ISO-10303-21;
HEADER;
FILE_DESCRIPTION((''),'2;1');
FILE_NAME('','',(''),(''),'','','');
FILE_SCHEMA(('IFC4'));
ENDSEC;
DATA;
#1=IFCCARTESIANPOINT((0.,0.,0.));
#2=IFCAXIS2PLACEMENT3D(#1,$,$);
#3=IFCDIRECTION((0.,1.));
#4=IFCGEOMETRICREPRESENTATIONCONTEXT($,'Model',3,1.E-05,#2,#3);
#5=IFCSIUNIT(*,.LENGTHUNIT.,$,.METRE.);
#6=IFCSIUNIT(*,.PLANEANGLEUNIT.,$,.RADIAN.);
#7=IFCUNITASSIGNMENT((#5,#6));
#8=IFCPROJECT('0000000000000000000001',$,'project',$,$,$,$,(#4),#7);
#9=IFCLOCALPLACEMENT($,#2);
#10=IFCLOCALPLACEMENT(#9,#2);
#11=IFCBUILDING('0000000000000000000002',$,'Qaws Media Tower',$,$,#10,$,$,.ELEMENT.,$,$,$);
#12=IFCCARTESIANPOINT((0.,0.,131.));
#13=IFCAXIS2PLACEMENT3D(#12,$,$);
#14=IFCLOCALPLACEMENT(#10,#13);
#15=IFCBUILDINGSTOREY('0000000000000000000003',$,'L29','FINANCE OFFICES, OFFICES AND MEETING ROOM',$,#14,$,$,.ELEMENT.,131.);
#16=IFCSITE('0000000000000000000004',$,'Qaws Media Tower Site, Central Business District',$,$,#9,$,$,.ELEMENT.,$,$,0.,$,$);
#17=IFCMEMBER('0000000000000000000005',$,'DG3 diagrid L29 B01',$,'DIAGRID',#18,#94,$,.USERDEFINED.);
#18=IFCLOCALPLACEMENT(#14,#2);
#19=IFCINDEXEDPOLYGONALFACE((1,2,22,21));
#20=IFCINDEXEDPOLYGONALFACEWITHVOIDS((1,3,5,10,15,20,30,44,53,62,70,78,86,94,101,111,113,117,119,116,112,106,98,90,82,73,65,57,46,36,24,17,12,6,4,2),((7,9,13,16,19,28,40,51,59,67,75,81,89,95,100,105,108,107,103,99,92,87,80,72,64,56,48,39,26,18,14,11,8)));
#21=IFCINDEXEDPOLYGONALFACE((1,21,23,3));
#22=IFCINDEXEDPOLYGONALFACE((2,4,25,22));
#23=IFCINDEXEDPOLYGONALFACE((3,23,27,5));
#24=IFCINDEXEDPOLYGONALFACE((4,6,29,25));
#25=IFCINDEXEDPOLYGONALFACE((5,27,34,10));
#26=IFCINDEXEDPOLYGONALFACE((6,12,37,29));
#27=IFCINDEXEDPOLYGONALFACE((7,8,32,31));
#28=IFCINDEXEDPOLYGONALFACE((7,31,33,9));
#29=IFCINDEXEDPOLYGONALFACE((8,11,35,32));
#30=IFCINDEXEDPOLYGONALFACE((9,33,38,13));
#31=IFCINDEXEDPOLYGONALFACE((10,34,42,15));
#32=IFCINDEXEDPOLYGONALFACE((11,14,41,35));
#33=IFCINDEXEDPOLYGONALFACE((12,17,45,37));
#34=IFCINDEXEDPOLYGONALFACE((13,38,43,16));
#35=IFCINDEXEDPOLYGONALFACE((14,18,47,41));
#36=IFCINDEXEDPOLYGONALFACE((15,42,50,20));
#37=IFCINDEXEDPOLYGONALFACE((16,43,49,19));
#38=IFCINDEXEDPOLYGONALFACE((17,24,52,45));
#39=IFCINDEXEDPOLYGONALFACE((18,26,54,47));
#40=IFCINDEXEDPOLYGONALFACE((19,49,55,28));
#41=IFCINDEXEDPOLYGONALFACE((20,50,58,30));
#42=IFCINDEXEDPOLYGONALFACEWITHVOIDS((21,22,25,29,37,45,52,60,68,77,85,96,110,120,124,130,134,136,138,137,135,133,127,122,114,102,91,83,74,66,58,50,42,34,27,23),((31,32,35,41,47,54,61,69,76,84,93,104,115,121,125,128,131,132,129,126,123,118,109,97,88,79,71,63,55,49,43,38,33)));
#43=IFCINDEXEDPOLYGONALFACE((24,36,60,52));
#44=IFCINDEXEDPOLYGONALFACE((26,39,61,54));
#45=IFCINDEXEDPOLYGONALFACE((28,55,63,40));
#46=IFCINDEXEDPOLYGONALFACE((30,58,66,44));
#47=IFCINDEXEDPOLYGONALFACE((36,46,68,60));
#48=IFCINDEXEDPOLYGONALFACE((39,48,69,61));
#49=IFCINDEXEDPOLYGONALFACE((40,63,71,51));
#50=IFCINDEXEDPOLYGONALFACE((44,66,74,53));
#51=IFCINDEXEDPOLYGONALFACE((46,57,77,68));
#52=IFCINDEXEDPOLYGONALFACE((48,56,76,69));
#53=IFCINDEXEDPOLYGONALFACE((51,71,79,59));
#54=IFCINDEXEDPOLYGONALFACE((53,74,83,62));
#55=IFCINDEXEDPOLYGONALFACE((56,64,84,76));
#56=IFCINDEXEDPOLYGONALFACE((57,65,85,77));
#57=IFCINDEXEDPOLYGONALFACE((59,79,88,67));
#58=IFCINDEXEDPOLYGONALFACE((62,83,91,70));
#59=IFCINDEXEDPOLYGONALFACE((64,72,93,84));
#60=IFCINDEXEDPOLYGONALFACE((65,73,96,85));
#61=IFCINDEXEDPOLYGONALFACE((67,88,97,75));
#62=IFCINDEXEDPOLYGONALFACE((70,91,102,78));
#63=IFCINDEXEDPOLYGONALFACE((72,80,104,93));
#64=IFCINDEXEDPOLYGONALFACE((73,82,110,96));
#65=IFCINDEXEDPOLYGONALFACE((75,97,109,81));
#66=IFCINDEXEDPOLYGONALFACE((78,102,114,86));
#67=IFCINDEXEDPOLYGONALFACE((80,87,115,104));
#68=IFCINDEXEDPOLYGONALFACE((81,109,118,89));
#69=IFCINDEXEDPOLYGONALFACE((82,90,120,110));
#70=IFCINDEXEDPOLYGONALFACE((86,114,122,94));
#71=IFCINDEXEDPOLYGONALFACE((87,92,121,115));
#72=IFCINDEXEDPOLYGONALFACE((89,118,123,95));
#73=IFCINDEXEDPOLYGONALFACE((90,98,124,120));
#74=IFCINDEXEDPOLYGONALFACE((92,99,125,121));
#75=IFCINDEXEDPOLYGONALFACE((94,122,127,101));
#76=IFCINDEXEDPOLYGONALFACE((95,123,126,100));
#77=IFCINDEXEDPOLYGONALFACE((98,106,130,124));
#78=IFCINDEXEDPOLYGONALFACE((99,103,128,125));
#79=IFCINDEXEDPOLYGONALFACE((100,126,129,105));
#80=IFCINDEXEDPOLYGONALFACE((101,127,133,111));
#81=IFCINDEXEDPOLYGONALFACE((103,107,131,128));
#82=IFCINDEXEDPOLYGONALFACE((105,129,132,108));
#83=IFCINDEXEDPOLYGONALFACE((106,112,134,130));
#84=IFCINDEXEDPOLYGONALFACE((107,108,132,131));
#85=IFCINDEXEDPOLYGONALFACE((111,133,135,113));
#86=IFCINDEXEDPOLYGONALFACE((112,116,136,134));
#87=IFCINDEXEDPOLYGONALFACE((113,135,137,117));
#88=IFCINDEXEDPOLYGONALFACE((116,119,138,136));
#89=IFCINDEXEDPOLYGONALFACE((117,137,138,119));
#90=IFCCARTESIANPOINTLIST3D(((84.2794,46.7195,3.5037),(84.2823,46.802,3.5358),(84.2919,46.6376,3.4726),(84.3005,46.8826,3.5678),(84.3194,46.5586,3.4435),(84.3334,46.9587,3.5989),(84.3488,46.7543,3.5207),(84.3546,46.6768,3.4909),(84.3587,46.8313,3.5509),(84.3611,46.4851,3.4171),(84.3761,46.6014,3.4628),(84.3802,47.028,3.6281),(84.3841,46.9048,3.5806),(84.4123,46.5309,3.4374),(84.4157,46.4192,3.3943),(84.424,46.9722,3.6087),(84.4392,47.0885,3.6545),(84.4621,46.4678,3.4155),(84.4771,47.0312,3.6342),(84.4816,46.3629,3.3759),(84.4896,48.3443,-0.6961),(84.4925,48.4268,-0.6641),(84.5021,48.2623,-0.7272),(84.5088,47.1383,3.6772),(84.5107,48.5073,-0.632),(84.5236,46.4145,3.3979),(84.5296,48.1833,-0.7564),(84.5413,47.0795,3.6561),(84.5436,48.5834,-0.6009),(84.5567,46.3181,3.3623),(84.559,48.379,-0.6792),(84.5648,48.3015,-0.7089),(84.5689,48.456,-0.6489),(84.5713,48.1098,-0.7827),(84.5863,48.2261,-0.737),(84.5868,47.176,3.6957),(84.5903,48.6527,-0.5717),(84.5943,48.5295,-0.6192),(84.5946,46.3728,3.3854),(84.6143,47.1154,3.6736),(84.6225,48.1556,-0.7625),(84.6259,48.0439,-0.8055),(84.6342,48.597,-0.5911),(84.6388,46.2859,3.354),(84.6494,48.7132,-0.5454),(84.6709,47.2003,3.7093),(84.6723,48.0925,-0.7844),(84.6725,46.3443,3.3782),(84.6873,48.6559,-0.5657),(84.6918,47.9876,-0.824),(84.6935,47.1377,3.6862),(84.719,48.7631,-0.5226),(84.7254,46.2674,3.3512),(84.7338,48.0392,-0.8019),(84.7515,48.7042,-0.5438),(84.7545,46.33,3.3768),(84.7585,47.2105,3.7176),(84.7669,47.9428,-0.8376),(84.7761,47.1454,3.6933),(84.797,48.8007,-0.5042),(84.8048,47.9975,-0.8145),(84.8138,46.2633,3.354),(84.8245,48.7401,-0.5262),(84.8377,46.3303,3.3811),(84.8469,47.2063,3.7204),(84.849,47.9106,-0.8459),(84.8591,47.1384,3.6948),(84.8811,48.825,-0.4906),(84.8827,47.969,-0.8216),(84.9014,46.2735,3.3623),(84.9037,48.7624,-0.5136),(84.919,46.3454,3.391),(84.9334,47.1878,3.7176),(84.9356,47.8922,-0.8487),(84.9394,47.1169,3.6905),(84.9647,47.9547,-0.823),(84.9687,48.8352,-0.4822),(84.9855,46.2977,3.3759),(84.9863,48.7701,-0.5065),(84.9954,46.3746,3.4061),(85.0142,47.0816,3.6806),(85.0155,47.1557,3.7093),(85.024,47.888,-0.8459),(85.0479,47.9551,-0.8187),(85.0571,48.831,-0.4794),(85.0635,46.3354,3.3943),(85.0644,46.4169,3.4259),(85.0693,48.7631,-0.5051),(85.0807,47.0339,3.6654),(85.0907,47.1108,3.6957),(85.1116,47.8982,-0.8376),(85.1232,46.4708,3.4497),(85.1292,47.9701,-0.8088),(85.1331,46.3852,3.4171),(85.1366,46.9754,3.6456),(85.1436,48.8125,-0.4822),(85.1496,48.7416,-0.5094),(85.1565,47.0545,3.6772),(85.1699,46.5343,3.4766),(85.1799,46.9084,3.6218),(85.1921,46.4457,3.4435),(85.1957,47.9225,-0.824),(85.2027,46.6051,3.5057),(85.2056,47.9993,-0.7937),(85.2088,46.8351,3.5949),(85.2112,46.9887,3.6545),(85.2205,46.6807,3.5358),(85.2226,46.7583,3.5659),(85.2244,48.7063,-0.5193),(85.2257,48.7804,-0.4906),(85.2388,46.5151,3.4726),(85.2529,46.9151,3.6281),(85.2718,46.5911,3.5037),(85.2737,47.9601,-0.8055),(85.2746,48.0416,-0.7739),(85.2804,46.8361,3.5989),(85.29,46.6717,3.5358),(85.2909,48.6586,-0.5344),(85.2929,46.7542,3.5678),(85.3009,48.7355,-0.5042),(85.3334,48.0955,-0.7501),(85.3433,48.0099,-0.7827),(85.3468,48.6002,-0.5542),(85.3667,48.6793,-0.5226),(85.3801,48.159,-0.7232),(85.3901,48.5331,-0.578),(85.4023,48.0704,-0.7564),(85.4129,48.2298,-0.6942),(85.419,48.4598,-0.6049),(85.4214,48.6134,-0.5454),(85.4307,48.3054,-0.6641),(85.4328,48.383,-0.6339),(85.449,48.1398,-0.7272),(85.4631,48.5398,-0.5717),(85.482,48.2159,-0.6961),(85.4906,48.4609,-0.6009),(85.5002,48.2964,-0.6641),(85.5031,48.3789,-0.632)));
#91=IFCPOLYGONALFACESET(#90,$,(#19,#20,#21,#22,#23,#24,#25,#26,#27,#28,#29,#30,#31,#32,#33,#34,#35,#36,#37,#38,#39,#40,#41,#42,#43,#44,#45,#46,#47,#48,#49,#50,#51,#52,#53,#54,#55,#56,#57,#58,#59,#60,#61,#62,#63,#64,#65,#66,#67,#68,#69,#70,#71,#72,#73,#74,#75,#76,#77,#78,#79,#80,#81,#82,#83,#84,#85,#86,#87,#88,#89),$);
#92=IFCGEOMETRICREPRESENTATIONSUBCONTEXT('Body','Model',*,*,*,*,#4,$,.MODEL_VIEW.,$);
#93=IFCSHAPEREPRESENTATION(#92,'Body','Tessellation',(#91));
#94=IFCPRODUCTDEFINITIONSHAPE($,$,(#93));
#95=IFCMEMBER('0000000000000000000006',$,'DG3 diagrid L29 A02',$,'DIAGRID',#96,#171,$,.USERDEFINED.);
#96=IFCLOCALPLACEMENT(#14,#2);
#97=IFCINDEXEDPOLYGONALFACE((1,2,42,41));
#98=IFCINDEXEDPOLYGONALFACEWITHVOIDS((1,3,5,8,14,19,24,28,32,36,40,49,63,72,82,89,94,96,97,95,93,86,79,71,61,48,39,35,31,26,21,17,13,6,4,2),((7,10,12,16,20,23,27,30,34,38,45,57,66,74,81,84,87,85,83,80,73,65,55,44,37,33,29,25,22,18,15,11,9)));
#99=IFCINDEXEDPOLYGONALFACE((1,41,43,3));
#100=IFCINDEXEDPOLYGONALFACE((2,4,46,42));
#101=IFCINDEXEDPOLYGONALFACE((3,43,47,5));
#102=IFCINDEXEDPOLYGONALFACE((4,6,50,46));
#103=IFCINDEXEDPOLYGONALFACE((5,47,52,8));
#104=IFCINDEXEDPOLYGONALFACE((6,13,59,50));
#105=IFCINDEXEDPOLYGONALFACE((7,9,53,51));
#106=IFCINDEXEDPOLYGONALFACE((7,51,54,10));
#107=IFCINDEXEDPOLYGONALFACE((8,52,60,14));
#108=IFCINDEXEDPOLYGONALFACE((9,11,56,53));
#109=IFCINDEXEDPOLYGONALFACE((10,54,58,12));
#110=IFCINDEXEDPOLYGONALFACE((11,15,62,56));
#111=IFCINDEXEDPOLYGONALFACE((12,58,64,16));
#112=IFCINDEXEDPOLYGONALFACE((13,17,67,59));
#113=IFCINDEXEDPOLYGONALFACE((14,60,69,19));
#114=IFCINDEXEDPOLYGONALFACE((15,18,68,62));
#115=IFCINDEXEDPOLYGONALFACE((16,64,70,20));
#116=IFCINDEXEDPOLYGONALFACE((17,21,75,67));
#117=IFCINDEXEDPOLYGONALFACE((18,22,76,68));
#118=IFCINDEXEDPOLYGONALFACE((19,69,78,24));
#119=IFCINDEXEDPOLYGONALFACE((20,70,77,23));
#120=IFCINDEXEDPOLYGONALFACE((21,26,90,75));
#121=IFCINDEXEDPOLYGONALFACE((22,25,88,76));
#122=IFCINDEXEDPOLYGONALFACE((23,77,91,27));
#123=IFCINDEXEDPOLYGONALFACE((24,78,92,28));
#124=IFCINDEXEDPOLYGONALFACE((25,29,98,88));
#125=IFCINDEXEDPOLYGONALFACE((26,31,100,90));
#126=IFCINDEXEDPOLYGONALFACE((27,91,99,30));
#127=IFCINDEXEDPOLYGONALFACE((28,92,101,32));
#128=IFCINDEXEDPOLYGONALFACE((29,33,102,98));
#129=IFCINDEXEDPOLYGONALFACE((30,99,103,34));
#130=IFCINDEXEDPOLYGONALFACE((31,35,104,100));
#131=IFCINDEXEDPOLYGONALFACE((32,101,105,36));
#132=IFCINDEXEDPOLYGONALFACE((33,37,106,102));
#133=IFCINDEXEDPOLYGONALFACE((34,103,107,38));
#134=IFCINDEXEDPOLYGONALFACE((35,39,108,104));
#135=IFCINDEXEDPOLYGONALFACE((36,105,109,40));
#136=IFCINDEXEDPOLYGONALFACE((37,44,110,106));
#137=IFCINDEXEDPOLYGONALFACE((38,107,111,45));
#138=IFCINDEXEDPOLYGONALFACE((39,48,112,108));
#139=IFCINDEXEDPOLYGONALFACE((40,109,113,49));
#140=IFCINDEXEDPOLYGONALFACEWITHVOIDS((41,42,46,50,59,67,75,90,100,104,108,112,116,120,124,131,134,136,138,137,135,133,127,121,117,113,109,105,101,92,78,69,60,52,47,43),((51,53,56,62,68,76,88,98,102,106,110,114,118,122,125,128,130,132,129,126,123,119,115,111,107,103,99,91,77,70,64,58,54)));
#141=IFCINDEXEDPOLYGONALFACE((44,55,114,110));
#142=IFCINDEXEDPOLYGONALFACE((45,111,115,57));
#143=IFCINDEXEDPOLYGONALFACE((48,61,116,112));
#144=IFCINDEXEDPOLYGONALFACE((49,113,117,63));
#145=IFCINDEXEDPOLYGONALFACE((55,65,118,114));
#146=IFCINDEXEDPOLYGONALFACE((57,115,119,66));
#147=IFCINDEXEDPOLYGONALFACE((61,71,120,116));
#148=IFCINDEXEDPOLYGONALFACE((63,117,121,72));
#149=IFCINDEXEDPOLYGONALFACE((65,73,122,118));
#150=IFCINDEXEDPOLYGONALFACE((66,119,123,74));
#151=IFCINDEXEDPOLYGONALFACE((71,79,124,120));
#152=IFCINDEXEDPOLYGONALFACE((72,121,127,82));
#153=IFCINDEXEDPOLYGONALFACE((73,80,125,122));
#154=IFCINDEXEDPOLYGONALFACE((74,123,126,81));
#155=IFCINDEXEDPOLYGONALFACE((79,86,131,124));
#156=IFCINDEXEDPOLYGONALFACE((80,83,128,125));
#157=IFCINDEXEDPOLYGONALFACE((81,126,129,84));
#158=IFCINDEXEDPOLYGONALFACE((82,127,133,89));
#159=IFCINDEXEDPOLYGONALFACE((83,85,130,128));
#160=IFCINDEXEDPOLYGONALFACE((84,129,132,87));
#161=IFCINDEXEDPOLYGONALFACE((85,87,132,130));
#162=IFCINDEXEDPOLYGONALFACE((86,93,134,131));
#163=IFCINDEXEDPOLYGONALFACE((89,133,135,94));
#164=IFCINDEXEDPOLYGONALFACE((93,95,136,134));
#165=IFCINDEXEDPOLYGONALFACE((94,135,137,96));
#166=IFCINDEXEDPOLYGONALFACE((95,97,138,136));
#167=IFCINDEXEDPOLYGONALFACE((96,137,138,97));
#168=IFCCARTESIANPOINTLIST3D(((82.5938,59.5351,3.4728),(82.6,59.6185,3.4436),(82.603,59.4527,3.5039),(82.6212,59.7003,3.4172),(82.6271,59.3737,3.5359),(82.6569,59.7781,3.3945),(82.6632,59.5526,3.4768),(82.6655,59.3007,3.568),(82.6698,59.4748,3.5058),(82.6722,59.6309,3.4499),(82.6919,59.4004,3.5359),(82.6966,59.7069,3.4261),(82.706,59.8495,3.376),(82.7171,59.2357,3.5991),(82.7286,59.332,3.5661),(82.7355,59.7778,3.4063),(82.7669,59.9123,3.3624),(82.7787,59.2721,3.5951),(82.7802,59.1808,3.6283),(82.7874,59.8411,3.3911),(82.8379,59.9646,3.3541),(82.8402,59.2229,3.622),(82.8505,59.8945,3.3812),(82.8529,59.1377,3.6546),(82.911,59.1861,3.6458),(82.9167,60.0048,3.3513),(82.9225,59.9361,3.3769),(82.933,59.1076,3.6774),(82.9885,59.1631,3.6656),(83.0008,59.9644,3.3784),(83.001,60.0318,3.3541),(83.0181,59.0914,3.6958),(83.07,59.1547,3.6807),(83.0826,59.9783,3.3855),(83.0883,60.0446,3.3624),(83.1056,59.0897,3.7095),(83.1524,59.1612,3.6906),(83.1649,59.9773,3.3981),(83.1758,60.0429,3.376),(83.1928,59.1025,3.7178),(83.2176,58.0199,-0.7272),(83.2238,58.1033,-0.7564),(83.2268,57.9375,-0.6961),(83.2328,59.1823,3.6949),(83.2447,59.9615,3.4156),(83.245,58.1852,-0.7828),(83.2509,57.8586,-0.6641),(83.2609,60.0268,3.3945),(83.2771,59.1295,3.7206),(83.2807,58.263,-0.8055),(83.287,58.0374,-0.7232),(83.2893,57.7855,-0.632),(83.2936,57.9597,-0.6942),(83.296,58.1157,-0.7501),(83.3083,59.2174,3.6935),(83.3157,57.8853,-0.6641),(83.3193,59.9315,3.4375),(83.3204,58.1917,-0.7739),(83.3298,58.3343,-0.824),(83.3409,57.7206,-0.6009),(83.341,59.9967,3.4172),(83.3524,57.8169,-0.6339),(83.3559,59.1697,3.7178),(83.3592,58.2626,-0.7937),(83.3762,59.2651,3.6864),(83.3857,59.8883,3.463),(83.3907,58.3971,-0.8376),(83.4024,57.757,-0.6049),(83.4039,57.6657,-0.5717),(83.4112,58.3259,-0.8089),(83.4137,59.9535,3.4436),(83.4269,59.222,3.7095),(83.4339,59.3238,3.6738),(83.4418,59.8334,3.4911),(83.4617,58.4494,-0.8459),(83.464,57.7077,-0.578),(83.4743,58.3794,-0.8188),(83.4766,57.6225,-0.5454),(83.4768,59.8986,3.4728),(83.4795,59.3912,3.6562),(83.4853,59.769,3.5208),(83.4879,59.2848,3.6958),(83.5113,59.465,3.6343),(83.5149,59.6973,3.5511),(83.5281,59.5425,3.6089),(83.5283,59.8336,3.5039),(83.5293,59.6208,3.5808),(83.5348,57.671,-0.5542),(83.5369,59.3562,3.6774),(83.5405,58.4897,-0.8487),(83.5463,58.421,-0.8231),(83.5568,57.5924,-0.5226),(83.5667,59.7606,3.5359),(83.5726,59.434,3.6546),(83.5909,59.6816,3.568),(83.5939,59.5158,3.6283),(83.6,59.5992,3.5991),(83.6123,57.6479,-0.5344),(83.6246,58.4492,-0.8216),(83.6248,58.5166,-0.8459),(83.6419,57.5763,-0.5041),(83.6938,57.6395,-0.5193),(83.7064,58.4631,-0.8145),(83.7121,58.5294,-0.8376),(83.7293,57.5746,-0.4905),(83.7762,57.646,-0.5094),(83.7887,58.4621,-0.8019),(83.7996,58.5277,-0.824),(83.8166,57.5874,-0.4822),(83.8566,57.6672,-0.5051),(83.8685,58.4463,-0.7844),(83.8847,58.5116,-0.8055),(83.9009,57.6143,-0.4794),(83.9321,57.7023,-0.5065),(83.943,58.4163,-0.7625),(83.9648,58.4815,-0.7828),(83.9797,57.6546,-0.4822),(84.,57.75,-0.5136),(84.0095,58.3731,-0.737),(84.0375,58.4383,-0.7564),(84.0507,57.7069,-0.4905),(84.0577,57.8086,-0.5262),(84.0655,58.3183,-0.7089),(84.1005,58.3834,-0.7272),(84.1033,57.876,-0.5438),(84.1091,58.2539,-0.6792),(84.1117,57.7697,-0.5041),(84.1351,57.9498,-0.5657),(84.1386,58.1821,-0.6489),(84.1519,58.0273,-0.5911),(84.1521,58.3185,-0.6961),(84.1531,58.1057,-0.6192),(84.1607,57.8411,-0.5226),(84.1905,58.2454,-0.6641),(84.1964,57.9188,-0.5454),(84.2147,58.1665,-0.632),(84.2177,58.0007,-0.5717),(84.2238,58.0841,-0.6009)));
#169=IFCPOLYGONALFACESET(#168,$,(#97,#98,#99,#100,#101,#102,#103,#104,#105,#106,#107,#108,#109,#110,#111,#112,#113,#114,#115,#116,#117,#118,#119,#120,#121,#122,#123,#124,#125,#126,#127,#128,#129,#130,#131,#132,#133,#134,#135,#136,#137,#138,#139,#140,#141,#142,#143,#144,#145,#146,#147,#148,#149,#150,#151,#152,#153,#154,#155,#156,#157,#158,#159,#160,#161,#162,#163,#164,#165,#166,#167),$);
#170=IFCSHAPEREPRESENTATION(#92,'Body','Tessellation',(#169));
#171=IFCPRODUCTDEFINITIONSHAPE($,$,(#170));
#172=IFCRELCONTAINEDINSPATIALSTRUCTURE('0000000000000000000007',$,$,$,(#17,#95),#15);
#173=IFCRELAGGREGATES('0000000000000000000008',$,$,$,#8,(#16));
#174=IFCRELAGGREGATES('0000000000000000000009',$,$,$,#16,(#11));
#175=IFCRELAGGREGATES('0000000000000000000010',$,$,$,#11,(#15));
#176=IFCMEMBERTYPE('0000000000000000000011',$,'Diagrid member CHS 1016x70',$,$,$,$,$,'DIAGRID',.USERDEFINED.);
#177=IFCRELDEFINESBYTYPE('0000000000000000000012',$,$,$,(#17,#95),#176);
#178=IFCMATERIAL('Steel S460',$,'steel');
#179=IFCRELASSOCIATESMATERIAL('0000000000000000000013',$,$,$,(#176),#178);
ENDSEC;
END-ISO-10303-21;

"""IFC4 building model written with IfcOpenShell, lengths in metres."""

from ifc_helpers import new_model, si_unit, direction, frame, origin, origin_2d, place, context, subcontext, project, spatial, hollow_circle, extrude, material, material_profile, profile_set, type_object, element, save


model = new_model("IFC4")

# Units and contexts
model_context = context("Model", 3, precision=1e-05, world=origin(), true_north=direction((0.0, 1.0)))
body_context = subcontext(model_context, "Body", "Model", "MODEL_VIEW")
ifc_project = project(units=[si_unit("LENGTHUNIT", "METRE"), si_unit("PLANEANGLEUNIT", "RADIAN")], contexts=[model_context])

# Site, building, storey
site_placement = place(None, origin())
site = spatial("IfcSite", under=ifc_project, at=site_placement, Name="Qaws Media Tower Site, Central Business District", CompositionType="ELEMENT", RefElevation=0.0)
building_placement = place(site_placement, origin())
building = spatial("IfcBuilding", under=site, at=building_placement, Name="Qaws Media Tower", CompositionType="ELEMENT")
storey_placement = place(building_placement, frame((0.0, 0.0, 131.0)))
storey = spatial("IfcBuildingStorey", under=building, at=storey_placement, Name="L29", Description="FINANCE OFFICES, OFFICES AND MEETING ROOM", CompositionType="ELEMENT", Elevation=131.0)

# Members
ifc_material_1 = material(Name="Steel S460", Category="steel")
ifc_material_profile_1 = material_profile(ifc_material_1, hollow_circle(Radius=0.5081, WallThickness=0.0701, at=origin_2d()), Name="CHS 1016x70")
ifc_profile_set_1 = profile_set([ifc_material_profile_1], Name="Steel S460")
member_type_1 = type_object("IfcMemberType", Name="Diagrid member CHS 1016x70", ElementType="DIAGRID", PredefinedType="USERDEFINED", material=ifc_profile_set_1)
for number, where, z_axis, x_axis, name in (
    (1, (84.9963, 48.3616, -0.6641), (-0.046628, -0.360402, 0.931631), (0.991734, -0.128307, 0.0), "DG3 diagrid L29 B01"),
):
    element("IfcMember", number, at=place(storey_placement, frame(where, z_axis=z_axis, x_axis=x_axis)), inside=storey, type_object=member_type_1, Name=name, ObjectType="DIAGRID", PredefinedType="USERDEFINED", context=body_context, shape_type="SweptSolid", body=[
        extrude(hollow_circle(Radius=0.5081, WallThickness=0.0701, at=origin_2d()), origin(), (0.0, 0.0, 1.0), 4.5081),
    ])
member_1_placement = place(storey_placement, frame((83.7207, 58.052, -0.6641), z_axis=(-0.138364, 0.336081, 0.931614), x_axis=(-0.9247, -0.380697, 0.0)))
element("IfcMember", 2, at=member_1_placement, inside=storey, type_object=member_type_1, Name="DG3 diagrid L29 A02", ObjectType="DIAGRID", PredefinedType="USERDEFINED", context=body_context, shape_type="SweptSolid", body=[
    extrude(hollow_circle(Radius=0.5081, WallThickness=0.0701, at=origin_2d()), origin(), (0.0, 0.0, 1.0), 4.5083),
])

save(model, "model.ifc")
